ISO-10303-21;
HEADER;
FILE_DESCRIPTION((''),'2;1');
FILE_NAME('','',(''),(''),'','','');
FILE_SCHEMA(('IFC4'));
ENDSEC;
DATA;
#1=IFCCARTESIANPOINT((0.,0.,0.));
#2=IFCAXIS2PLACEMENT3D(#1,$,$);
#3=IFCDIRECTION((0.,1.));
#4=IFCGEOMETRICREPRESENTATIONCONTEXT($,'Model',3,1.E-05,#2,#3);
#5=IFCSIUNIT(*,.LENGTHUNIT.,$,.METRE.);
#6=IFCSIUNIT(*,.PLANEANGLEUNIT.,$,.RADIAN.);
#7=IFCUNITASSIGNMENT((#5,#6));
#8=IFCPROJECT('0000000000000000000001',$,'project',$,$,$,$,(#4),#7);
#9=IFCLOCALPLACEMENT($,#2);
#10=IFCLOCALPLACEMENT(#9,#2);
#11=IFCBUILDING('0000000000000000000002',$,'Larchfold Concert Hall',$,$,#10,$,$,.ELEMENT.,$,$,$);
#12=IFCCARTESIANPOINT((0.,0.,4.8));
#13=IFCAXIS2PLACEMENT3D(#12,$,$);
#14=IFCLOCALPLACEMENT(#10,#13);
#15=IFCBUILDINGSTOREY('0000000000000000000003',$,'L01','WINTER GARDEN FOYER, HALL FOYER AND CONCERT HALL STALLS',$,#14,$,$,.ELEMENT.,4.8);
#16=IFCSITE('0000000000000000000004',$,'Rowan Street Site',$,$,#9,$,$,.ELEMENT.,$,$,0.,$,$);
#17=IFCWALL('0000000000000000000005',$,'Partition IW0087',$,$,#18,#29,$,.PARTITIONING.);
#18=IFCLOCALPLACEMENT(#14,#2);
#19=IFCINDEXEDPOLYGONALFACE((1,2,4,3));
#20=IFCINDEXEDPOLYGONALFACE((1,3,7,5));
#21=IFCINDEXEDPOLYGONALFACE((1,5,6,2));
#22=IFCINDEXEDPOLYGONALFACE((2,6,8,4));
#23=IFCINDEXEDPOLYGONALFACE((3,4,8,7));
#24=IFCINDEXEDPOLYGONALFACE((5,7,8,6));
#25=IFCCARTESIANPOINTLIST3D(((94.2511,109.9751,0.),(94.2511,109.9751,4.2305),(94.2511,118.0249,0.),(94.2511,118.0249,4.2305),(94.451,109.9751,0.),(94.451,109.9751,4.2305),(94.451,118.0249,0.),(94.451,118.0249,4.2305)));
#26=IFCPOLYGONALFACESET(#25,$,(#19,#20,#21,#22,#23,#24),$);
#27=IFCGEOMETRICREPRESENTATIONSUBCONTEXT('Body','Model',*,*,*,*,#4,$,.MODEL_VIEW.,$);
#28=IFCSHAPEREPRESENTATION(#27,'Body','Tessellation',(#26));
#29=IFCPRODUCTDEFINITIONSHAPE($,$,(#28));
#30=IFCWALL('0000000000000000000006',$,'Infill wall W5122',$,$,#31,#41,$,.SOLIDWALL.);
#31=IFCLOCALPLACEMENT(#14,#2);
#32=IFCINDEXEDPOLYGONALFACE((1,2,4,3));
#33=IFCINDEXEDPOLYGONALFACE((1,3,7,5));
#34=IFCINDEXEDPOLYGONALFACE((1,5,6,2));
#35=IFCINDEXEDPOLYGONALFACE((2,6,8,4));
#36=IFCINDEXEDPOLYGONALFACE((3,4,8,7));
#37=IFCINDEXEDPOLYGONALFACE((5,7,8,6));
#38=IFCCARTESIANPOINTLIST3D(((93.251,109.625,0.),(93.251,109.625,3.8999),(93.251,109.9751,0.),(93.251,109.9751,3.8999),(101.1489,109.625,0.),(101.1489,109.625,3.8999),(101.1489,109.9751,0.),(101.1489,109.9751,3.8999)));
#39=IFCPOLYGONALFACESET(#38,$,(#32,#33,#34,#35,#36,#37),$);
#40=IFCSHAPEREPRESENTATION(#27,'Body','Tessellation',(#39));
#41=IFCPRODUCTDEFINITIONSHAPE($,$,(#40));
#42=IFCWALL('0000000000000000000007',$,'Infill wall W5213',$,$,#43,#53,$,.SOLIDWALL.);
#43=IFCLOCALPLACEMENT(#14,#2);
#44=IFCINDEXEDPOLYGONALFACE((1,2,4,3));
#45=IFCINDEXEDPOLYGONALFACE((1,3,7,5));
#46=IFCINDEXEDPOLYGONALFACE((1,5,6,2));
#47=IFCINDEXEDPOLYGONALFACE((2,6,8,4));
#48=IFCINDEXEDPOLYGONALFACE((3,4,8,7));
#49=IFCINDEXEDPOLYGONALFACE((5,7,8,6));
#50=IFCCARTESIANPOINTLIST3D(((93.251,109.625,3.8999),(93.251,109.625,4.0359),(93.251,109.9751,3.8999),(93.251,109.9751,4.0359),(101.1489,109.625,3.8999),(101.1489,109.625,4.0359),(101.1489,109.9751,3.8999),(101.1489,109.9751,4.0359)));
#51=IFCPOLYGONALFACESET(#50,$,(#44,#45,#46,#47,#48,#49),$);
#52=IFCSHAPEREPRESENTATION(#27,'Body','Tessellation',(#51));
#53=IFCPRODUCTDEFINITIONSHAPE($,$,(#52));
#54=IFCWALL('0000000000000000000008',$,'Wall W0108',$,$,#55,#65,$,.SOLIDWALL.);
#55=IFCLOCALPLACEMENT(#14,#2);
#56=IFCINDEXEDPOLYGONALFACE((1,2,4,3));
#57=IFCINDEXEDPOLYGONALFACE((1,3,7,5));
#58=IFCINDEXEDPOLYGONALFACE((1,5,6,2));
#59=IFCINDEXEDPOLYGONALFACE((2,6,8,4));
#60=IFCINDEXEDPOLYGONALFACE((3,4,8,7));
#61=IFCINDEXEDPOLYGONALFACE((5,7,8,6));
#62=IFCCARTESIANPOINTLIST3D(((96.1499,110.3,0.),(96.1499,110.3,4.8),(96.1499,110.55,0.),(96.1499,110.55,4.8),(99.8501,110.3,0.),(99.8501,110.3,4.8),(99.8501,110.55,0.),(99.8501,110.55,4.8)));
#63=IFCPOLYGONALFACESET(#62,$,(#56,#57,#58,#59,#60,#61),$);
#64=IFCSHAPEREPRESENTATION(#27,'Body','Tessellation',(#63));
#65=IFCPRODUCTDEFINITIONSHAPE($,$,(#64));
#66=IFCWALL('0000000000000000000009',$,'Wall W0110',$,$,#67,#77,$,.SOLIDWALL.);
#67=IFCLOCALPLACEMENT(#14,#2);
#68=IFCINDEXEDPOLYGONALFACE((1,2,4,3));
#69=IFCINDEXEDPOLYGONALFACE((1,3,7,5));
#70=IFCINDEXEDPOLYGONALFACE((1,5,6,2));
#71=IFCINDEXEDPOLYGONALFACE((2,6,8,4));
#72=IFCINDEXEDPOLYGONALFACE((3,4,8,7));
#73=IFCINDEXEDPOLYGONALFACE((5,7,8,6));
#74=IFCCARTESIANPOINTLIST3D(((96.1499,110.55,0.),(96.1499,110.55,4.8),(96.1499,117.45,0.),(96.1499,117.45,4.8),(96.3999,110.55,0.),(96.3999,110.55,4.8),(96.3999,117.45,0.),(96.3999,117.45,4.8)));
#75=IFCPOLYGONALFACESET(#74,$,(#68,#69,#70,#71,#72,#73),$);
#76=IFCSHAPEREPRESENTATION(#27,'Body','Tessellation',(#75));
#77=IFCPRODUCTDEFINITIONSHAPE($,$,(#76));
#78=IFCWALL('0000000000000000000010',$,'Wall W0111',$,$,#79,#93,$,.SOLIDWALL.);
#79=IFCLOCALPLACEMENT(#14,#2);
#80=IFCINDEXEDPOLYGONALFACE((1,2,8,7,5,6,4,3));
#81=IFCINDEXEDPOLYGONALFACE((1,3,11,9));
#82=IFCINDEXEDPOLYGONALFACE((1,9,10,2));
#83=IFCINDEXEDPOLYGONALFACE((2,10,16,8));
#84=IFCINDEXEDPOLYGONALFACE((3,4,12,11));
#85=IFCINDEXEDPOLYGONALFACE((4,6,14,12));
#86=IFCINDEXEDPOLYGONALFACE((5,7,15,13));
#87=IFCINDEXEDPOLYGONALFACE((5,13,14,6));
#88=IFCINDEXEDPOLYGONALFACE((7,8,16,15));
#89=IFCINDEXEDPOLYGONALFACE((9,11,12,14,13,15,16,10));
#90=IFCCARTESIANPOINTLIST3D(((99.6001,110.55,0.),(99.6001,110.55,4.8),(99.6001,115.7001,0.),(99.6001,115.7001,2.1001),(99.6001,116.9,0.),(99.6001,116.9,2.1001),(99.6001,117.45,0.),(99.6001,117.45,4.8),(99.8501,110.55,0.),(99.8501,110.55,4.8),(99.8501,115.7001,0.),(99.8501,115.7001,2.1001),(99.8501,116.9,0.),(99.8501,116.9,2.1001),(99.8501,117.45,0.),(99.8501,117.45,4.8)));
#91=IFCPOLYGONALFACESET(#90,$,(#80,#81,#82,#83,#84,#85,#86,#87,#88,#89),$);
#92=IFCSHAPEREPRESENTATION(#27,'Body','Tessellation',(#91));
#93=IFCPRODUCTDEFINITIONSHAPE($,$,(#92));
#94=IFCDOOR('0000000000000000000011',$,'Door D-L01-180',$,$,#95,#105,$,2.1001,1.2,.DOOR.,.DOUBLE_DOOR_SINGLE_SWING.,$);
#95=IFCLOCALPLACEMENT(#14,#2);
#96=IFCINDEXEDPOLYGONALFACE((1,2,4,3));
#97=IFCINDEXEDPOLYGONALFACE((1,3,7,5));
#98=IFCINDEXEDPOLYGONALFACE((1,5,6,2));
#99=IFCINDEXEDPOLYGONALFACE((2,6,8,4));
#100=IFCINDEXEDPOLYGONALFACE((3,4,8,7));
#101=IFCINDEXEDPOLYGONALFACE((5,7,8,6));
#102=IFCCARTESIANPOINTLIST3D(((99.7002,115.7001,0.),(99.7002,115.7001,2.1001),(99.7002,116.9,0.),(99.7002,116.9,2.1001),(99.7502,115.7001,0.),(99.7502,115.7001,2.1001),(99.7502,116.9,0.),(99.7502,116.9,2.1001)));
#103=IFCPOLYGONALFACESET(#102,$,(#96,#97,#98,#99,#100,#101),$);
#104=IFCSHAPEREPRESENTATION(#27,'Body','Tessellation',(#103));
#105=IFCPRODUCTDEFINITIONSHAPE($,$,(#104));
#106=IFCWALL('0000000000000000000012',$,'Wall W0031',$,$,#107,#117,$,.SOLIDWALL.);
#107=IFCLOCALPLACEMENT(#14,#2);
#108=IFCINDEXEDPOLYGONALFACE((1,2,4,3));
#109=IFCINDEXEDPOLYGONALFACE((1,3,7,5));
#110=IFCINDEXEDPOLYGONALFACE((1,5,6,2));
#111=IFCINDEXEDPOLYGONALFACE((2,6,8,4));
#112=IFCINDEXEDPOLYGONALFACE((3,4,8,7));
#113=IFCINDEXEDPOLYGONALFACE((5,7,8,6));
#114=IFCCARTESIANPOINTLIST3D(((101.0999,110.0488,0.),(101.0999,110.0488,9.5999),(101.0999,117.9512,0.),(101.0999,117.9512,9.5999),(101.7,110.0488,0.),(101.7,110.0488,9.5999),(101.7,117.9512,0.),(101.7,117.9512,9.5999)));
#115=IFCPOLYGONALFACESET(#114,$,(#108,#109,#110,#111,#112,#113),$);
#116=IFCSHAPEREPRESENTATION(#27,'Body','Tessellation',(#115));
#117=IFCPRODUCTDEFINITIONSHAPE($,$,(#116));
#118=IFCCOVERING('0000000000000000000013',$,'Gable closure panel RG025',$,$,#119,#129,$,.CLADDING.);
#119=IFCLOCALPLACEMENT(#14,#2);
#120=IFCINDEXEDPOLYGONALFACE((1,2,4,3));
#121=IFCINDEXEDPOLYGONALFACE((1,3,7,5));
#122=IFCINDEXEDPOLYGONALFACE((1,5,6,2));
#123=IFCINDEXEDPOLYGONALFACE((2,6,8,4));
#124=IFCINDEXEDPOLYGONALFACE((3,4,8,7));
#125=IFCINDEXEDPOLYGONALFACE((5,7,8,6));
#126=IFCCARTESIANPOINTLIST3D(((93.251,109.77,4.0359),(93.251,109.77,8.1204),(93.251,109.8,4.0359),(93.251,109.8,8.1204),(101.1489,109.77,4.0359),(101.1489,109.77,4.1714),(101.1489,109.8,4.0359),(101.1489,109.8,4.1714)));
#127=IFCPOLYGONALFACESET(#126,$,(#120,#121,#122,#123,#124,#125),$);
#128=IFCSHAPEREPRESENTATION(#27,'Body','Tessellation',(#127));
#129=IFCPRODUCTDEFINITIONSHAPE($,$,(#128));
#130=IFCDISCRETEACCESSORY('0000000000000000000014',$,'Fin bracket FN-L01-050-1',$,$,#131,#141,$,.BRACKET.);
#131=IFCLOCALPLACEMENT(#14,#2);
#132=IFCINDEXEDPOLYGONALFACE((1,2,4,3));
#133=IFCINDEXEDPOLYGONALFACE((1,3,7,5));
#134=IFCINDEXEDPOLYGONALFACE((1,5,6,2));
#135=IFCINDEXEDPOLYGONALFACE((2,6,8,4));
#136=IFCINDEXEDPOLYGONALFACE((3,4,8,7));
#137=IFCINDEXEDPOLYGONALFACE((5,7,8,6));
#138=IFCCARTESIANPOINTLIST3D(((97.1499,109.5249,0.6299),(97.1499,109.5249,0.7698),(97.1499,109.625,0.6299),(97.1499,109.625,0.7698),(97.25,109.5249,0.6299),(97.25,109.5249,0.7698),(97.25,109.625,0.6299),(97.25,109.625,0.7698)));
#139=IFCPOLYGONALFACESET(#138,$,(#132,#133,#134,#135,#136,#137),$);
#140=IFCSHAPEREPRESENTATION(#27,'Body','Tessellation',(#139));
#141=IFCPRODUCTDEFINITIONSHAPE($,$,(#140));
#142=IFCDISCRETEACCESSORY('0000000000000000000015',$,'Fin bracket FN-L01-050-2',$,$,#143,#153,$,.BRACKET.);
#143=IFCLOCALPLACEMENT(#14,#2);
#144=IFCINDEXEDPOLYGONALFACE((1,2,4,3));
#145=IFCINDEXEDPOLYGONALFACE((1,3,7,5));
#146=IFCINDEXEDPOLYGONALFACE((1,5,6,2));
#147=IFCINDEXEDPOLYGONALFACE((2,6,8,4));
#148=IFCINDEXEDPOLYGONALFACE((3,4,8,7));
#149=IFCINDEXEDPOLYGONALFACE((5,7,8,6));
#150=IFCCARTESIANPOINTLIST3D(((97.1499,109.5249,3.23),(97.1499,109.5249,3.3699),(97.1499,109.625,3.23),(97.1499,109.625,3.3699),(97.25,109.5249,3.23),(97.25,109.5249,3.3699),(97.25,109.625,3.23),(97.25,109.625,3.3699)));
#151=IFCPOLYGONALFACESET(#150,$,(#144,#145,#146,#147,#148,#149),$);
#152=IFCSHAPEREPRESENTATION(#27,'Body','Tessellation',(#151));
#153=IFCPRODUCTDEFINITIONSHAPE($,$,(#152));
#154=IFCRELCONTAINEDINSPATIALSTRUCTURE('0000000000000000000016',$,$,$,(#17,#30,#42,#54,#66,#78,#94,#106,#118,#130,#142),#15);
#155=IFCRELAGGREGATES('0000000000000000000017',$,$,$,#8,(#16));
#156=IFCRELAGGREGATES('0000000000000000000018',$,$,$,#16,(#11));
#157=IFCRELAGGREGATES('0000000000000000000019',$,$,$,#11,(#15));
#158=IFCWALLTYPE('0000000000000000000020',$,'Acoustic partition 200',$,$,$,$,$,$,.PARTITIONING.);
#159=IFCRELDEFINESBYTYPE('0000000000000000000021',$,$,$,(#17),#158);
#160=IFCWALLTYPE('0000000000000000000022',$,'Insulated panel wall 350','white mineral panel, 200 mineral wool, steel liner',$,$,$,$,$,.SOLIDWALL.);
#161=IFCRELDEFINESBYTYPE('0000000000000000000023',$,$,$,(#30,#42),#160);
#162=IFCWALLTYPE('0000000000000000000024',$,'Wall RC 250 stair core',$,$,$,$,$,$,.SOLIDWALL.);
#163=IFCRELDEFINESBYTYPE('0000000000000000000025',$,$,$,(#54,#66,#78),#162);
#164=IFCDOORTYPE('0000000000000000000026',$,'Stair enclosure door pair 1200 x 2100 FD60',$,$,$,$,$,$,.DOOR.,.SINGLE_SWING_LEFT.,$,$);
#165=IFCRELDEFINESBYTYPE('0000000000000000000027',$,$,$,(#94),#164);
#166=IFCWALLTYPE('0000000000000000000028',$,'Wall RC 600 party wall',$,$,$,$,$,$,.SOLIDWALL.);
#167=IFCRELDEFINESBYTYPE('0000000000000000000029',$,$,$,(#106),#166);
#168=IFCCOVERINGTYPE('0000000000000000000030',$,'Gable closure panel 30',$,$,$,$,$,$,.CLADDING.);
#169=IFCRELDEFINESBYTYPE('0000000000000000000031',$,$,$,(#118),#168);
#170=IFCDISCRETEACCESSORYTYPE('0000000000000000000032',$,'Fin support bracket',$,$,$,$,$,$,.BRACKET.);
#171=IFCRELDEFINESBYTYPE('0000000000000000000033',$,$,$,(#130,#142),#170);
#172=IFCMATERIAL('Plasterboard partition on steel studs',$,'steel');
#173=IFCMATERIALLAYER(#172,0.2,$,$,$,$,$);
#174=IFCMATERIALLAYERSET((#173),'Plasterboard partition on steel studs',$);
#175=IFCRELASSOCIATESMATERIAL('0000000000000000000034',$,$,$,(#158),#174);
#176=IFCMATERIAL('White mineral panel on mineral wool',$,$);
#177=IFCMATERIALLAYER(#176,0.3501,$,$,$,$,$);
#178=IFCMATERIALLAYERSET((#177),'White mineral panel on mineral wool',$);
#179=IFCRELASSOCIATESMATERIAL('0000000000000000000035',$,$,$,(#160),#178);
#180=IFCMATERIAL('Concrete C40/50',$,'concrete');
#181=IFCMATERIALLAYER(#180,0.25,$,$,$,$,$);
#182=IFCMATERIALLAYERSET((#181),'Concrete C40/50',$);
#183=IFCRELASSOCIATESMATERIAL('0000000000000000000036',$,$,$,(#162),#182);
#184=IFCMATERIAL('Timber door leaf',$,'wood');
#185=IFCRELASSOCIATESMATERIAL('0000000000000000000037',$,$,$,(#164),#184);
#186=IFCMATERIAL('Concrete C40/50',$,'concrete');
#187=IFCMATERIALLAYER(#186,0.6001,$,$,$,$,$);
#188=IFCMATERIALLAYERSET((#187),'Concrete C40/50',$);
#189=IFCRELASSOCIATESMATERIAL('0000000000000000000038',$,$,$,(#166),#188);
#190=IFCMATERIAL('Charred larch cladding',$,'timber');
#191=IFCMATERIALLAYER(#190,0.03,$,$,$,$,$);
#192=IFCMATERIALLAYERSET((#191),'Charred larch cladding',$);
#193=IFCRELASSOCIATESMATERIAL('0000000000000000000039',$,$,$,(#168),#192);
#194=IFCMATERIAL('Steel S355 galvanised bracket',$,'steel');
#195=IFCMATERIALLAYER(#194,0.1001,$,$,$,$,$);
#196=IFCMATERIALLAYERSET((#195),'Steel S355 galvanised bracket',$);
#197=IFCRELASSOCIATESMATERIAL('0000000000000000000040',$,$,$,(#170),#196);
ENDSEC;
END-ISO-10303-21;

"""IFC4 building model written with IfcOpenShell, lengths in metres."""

from ifc_helpers import new_model, si_unit, direction, frame, frame_2d, origin, origin_2d, place, context, subcontext, project, spatial, polyline, rectangle, outline, extrude, material, layer, layer_set, type_object, element, fill, save


model = new_model("IFC4")

# Units and contexts
model_context = context("Model", 3, precision=1e-05, world=origin(), true_north=direction((0.0, 1.0)))
body_context = subcontext(model_context, "Body", "Model", "MODEL_VIEW")
ifc_project = project(units=[si_unit("LENGTHUNIT", "METRE"), si_unit("PLANEANGLEUNIT", "RADIAN")], contexts=[model_context])

# Site, building, storey
site_placement = place(None, origin())
site = spatial("IfcSite", under=ifc_project, at=site_placement, Name="Rowan Street Site", CompositionType="ELEMENT", RefElevation=0.0)
building_placement = place(site_placement, origin())
building = spatial("IfcBuilding", under=site, at=building_placement, Name="Larchfold Concert Hall", CompositionType="ELEMENT")
storey_placement = place(building_placement, frame((0.0, 0.0, 4.8)))
storey = spatial("IfcBuildingStorey", under=building, at=storey_placement, Name="L01", Description="WINTER GARDEN FOYER, HALL FOYER AND CONCERT HALL STALLS", CompositionType="ELEMENT", Elevation=4.8)

# Walls
ifc_material_1 = material(Name="Plasterboard partition on steel studs", Category="steel")
ifc_layer_1 = layer(ifc_material_1, 0.2)
ifc_layer_set_1 = layer_set([ifc_layer_1], Name="Plasterboard partition on steel studs")
wall_type_1 = type_object("IfcWallType", Name="Acoustic partition 200", PredefinedType="PARTITIONING", material=ifc_layer_set_1)
wall_1_placement = place(storey_placement, frame((94.3511, 109.9751, 0.0), z_axis=(0.0, 0.0, 1.0), x_axis=(0.0, 1.0, 0.0)))
element("IfcWall", 1, at=wall_1_placement, inside=storey, type_object=wall_type_1, Name="Partition IW0087", PredefinedType="PARTITIONING", context=body_context, shape_type="SweptSolid", body=[
    extrude(rectangle(XDim=8.0498, YDim=0.2, at=frame_2d((4.0249, 0.0))), origin(), (0.0, 0.0, 1.0), 4.2305),
])
ifc_material_2 = material(Name="White mineral panel on mineral wool")
ifc_layer_2 = layer(ifc_material_2, 0.3501)
ifc_layer_set_2 = layer_set([ifc_layer_2], Name="White mineral panel on mineral wool")
wall_type_2 = type_object("IfcWallType", Name="Insulated panel wall 350", Description="white mineral panel, 200 mineral wool, steel liner", PredefinedType="SOLIDWALL", material=ifc_layer_set_2)
wall_2_placement = place(storey_placement, frame((93.251, 109.8, 0.0), z_axis=(0.0, 0.0, 1.0), x_axis=(1.0, 0.0, 0.0)))
element("IfcWall", 2, at=wall_2_placement, inside=storey, type_object=wall_type_2, Name="Infill wall W5122", PredefinedType="SOLIDWALL", context=body_context, shape_type="SweptSolid", body=[
    extrude(rectangle(XDim=7.8979, YDim=0.3501, at=frame_2d((3.949, 0.0))), origin(), (0.0, 0.0, 1.0), 3.8999),
])
wall_3_placement = place(storey_placement, frame((93.251, 109.8, 3.8999), z_axis=(0.0, 0.0, 1.0), x_axis=(1.0, 0.0, 0.0)))
element("IfcWall", 3, at=wall_3_placement, inside=storey, type_object=wall_type_2, Name="Infill wall W5213", PredefinedType="SOLIDWALL", context=body_context, shape_type="SweptSolid", body=[
    extrude(rectangle(XDim=7.8979, YDim=0.3501, at=frame_2d((3.949, 0.0))), origin(), (0.0, 0.0, 1.0), 0.136),
])
ifc_material_3 = material(Name="Concrete C40/50", Category="concrete")
ifc_layer_3 = layer(ifc_material_3, 0.25)
ifc_layer_set_3 = layer_set([ifc_layer_3], Name="Concrete C40/50")
wall_type_3 = type_object("IfcWallType", Name="Wall RC 250 stair core", PredefinedType="SOLIDWALL", material=ifc_layer_set_3)
wall_4_placement = place(storey_placement, frame((96.1499, 110.425, 0.0), z_axis=(0.0, 0.0, 1.0), x_axis=(1.0, 0.0, 0.0)))
element("IfcWall", 4, at=wall_4_placement, inside=storey, type_object=wall_type_3, Name="Wall W0108", PredefinedType="SOLIDWALL", context=body_context, shape_type="SweptSolid", body=[
    extrude(rectangle(XDim=3.7002, YDim=0.25, at=frame_2d((1.8501, 0.0))), origin(), (0.0, 0.0, 1.0), 4.8),
])
wall_5_placement = place(storey_placement, frame((96.2749, 110.55, 0.0), z_axis=(0.0, 0.0, 1.0), x_axis=(0.0, 1.0, 0.0)))
element("IfcWall", 5, at=wall_5_placement, inside=storey, type_object=wall_type_3, Name="Wall W0110", PredefinedType="SOLIDWALL", context=body_context, shape_type="SweptSolid", body=[
    extrude(rectangle(XDim=6.8999, YDim=0.25, at=frame_2d((3.45, 0.0))), origin(), (0.0, 0.0, 1.0), 4.8),
])

# Wall, opening, door
wall_6_placement = place(storey_placement, frame((99.7251, 110.55, 0.0), z_axis=(0.0, 0.0, 1.0), x_axis=(0.0, 1.0, 0.0)))
wall_6 = element("IfcWall", 6, at=wall_6_placement, inside=storey, type_object=wall_type_3, Name="Wall W0111", PredefinedType="SOLIDWALL", context=body_context, shape_type="SweptSolid", body=[
    extrude(rectangle(XDim=6.8999, YDim=0.25, at=frame_2d((3.45, 0.0))), origin(), (0.0, 0.0, 1.0), 4.8),
])
opening_placement = place(wall_6_placement, frame((5.1499, 0.0, 0.0)))
opening = element("IfcOpeningElement", 7, at=opening_placement, cuts=wall_6, PredefinedType="OPENING", context=body_context, shape_type="SweptSolid", body=[
    extrude(rectangle(XDim=1.2, YDim=2.1001, at=frame_2d((0.6001, 1.05))), frame((0.0, 0.135, 0.0), z_axis=(0.0, -1.0, 0.0), x_axis=(1.0, 0.0, 0.0)), (0.0, 0.0, 1.0), 0.27),
])
ifc_material_4 = material(Name="Timber door leaf", Category="wood")
door_type = type_object("IfcDoorType", Name="Stair enclosure door pair 1200 x 2100 FD60", OperationType="SINGLE_SWING_LEFT", PredefinedType="DOOR", material=ifc_material_4)
door_placement = place(opening_placement, origin())
door = element("IfcDoor", 8, at=door_placement, inside=storey, type_object=door_type, Name="Door D-L01-180", OperationType="DOUBLE_DOOR_SINGLE_SWING", OverallHeight=2.1001, OverallWidth=1.2, PredefinedType="DOOR", context=body_context, shape_type="SweptSolid", body=[
    extrude(rectangle(XDim=1.2, YDim=2.1001, at=frame_2d((0.6001, 1.05))), frame((0.0, 0.0249, 0.0), z_axis=(0.0, -1.0, 0.0), x_axis=(1.0, 0.0, 0.0)), (0.0, 0.0, 1.0), 0.05),
])
fill(opening, door)

# Wall
ifc_material_5 = material(Name="Concrete C40/50", Category="concrete")
ifc_layer_4 = layer(ifc_material_5, 0.6001)
ifc_layer_set_4 = layer_set([ifc_layer_4], Name="Concrete C40/50")
wall_type_4 = type_object("IfcWallType", Name="Wall RC 600 party wall", PredefinedType="SOLIDWALL", material=ifc_layer_set_4)
wall_7_placement = place(storey_placement, frame((101.3999, 110.0488, 0.0), z_axis=(0.0, 0.0, 1.0), x_axis=(0.0, 1.0, 0.0)))
element("IfcWall", 9, at=wall_7_placement, inside=storey, type_object=wall_type_4, Name="Wall W0031", PredefinedType="SOLIDWALL", context=body_context, shape_type="SweptSolid", body=[
    extrude(rectangle(XDim=7.9023, YDim=0.6001, at=frame_2d((3.9512, 0.0))), origin(), (0.0, 0.0, 1.0), 9.5999),
])

# Covering
ifc_material_6 = material(Name="Charred larch cladding", Category="timber")
ifc_layer_5 = layer(ifc_material_6, 0.03)
ifc_layer_set_5 = layer_set([ifc_layer_5], Name="Charred larch cladding")
covering_type = type_object("IfcCoveringType", Name="Gable closure panel 30", PredefinedType="CLADDING", material=ifc_layer_set_5)
covering_placement = place(storey_placement, frame((93.251, 109.77, 4.0359), z_axis=(0.0, -1.0, 0.0), x_axis=(1.0, 0.0, 0.0)))
element("IfcCovering", 10, at=covering_placement, inside=storey, type_object=covering_type, Name="Gable closure panel RG025", PredefinedType="CLADDING", context=body_context, shape_type="SweptSolid", body=[
    extrude(outline(polyline([(0.0, 0.0), (7.8979, 0.0), (7.8979, 0.1355), (0.0, 4.0845), (0.0, 0.0)])), origin(), (0.0, 0.0, -1.0), 0.03),
])

# Discrete accessories
ifc_material_7 = material(Name="Steel S355 galvanised bracket", Category="steel")
ifc_layer_6 = layer(ifc_material_7, 0.1001)
ifc_layer_set_6 = layer_set([ifc_layer_6], Name="Steel S355 galvanised bracket")
discrete_accessory_type = type_object("IfcDiscreteAccessoryType", Name="Fin support bracket", PredefinedType="BRACKET", material=ifc_layer_set_6)
for number, where, z_axis, x_axis, name in (
    (11, (97.2, 109.575, 0.6299), (0.0, 0.0, 1.0), (0.0, -1.0, 0.0), "Fin bracket FN-L01-050-1"),
    (12, (97.2, 109.575, 3.23), (0.0, 0.0, 1.0), (0.0, -1.0, 0.0), "Fin bracket FN-L01-050-2"),
):
    element("IfcDiscreteAccessory", number, at=place(storey_placement, frame(where, z_axis=z_axis, x_axis=x_axis)), inside=storey, type_object=discrete_accessory_type, Name=name, PredefinedType="BRACKET", context=body_context, shape_type="SweptSolid", body=[
        extrude(rectangle(XDim=0.1001, YDim=0.1001, at=origin_2d()), origin(), (0.0, 0.0, 1.0), 0.1399),
    ])

save(model, "model.ifc")
